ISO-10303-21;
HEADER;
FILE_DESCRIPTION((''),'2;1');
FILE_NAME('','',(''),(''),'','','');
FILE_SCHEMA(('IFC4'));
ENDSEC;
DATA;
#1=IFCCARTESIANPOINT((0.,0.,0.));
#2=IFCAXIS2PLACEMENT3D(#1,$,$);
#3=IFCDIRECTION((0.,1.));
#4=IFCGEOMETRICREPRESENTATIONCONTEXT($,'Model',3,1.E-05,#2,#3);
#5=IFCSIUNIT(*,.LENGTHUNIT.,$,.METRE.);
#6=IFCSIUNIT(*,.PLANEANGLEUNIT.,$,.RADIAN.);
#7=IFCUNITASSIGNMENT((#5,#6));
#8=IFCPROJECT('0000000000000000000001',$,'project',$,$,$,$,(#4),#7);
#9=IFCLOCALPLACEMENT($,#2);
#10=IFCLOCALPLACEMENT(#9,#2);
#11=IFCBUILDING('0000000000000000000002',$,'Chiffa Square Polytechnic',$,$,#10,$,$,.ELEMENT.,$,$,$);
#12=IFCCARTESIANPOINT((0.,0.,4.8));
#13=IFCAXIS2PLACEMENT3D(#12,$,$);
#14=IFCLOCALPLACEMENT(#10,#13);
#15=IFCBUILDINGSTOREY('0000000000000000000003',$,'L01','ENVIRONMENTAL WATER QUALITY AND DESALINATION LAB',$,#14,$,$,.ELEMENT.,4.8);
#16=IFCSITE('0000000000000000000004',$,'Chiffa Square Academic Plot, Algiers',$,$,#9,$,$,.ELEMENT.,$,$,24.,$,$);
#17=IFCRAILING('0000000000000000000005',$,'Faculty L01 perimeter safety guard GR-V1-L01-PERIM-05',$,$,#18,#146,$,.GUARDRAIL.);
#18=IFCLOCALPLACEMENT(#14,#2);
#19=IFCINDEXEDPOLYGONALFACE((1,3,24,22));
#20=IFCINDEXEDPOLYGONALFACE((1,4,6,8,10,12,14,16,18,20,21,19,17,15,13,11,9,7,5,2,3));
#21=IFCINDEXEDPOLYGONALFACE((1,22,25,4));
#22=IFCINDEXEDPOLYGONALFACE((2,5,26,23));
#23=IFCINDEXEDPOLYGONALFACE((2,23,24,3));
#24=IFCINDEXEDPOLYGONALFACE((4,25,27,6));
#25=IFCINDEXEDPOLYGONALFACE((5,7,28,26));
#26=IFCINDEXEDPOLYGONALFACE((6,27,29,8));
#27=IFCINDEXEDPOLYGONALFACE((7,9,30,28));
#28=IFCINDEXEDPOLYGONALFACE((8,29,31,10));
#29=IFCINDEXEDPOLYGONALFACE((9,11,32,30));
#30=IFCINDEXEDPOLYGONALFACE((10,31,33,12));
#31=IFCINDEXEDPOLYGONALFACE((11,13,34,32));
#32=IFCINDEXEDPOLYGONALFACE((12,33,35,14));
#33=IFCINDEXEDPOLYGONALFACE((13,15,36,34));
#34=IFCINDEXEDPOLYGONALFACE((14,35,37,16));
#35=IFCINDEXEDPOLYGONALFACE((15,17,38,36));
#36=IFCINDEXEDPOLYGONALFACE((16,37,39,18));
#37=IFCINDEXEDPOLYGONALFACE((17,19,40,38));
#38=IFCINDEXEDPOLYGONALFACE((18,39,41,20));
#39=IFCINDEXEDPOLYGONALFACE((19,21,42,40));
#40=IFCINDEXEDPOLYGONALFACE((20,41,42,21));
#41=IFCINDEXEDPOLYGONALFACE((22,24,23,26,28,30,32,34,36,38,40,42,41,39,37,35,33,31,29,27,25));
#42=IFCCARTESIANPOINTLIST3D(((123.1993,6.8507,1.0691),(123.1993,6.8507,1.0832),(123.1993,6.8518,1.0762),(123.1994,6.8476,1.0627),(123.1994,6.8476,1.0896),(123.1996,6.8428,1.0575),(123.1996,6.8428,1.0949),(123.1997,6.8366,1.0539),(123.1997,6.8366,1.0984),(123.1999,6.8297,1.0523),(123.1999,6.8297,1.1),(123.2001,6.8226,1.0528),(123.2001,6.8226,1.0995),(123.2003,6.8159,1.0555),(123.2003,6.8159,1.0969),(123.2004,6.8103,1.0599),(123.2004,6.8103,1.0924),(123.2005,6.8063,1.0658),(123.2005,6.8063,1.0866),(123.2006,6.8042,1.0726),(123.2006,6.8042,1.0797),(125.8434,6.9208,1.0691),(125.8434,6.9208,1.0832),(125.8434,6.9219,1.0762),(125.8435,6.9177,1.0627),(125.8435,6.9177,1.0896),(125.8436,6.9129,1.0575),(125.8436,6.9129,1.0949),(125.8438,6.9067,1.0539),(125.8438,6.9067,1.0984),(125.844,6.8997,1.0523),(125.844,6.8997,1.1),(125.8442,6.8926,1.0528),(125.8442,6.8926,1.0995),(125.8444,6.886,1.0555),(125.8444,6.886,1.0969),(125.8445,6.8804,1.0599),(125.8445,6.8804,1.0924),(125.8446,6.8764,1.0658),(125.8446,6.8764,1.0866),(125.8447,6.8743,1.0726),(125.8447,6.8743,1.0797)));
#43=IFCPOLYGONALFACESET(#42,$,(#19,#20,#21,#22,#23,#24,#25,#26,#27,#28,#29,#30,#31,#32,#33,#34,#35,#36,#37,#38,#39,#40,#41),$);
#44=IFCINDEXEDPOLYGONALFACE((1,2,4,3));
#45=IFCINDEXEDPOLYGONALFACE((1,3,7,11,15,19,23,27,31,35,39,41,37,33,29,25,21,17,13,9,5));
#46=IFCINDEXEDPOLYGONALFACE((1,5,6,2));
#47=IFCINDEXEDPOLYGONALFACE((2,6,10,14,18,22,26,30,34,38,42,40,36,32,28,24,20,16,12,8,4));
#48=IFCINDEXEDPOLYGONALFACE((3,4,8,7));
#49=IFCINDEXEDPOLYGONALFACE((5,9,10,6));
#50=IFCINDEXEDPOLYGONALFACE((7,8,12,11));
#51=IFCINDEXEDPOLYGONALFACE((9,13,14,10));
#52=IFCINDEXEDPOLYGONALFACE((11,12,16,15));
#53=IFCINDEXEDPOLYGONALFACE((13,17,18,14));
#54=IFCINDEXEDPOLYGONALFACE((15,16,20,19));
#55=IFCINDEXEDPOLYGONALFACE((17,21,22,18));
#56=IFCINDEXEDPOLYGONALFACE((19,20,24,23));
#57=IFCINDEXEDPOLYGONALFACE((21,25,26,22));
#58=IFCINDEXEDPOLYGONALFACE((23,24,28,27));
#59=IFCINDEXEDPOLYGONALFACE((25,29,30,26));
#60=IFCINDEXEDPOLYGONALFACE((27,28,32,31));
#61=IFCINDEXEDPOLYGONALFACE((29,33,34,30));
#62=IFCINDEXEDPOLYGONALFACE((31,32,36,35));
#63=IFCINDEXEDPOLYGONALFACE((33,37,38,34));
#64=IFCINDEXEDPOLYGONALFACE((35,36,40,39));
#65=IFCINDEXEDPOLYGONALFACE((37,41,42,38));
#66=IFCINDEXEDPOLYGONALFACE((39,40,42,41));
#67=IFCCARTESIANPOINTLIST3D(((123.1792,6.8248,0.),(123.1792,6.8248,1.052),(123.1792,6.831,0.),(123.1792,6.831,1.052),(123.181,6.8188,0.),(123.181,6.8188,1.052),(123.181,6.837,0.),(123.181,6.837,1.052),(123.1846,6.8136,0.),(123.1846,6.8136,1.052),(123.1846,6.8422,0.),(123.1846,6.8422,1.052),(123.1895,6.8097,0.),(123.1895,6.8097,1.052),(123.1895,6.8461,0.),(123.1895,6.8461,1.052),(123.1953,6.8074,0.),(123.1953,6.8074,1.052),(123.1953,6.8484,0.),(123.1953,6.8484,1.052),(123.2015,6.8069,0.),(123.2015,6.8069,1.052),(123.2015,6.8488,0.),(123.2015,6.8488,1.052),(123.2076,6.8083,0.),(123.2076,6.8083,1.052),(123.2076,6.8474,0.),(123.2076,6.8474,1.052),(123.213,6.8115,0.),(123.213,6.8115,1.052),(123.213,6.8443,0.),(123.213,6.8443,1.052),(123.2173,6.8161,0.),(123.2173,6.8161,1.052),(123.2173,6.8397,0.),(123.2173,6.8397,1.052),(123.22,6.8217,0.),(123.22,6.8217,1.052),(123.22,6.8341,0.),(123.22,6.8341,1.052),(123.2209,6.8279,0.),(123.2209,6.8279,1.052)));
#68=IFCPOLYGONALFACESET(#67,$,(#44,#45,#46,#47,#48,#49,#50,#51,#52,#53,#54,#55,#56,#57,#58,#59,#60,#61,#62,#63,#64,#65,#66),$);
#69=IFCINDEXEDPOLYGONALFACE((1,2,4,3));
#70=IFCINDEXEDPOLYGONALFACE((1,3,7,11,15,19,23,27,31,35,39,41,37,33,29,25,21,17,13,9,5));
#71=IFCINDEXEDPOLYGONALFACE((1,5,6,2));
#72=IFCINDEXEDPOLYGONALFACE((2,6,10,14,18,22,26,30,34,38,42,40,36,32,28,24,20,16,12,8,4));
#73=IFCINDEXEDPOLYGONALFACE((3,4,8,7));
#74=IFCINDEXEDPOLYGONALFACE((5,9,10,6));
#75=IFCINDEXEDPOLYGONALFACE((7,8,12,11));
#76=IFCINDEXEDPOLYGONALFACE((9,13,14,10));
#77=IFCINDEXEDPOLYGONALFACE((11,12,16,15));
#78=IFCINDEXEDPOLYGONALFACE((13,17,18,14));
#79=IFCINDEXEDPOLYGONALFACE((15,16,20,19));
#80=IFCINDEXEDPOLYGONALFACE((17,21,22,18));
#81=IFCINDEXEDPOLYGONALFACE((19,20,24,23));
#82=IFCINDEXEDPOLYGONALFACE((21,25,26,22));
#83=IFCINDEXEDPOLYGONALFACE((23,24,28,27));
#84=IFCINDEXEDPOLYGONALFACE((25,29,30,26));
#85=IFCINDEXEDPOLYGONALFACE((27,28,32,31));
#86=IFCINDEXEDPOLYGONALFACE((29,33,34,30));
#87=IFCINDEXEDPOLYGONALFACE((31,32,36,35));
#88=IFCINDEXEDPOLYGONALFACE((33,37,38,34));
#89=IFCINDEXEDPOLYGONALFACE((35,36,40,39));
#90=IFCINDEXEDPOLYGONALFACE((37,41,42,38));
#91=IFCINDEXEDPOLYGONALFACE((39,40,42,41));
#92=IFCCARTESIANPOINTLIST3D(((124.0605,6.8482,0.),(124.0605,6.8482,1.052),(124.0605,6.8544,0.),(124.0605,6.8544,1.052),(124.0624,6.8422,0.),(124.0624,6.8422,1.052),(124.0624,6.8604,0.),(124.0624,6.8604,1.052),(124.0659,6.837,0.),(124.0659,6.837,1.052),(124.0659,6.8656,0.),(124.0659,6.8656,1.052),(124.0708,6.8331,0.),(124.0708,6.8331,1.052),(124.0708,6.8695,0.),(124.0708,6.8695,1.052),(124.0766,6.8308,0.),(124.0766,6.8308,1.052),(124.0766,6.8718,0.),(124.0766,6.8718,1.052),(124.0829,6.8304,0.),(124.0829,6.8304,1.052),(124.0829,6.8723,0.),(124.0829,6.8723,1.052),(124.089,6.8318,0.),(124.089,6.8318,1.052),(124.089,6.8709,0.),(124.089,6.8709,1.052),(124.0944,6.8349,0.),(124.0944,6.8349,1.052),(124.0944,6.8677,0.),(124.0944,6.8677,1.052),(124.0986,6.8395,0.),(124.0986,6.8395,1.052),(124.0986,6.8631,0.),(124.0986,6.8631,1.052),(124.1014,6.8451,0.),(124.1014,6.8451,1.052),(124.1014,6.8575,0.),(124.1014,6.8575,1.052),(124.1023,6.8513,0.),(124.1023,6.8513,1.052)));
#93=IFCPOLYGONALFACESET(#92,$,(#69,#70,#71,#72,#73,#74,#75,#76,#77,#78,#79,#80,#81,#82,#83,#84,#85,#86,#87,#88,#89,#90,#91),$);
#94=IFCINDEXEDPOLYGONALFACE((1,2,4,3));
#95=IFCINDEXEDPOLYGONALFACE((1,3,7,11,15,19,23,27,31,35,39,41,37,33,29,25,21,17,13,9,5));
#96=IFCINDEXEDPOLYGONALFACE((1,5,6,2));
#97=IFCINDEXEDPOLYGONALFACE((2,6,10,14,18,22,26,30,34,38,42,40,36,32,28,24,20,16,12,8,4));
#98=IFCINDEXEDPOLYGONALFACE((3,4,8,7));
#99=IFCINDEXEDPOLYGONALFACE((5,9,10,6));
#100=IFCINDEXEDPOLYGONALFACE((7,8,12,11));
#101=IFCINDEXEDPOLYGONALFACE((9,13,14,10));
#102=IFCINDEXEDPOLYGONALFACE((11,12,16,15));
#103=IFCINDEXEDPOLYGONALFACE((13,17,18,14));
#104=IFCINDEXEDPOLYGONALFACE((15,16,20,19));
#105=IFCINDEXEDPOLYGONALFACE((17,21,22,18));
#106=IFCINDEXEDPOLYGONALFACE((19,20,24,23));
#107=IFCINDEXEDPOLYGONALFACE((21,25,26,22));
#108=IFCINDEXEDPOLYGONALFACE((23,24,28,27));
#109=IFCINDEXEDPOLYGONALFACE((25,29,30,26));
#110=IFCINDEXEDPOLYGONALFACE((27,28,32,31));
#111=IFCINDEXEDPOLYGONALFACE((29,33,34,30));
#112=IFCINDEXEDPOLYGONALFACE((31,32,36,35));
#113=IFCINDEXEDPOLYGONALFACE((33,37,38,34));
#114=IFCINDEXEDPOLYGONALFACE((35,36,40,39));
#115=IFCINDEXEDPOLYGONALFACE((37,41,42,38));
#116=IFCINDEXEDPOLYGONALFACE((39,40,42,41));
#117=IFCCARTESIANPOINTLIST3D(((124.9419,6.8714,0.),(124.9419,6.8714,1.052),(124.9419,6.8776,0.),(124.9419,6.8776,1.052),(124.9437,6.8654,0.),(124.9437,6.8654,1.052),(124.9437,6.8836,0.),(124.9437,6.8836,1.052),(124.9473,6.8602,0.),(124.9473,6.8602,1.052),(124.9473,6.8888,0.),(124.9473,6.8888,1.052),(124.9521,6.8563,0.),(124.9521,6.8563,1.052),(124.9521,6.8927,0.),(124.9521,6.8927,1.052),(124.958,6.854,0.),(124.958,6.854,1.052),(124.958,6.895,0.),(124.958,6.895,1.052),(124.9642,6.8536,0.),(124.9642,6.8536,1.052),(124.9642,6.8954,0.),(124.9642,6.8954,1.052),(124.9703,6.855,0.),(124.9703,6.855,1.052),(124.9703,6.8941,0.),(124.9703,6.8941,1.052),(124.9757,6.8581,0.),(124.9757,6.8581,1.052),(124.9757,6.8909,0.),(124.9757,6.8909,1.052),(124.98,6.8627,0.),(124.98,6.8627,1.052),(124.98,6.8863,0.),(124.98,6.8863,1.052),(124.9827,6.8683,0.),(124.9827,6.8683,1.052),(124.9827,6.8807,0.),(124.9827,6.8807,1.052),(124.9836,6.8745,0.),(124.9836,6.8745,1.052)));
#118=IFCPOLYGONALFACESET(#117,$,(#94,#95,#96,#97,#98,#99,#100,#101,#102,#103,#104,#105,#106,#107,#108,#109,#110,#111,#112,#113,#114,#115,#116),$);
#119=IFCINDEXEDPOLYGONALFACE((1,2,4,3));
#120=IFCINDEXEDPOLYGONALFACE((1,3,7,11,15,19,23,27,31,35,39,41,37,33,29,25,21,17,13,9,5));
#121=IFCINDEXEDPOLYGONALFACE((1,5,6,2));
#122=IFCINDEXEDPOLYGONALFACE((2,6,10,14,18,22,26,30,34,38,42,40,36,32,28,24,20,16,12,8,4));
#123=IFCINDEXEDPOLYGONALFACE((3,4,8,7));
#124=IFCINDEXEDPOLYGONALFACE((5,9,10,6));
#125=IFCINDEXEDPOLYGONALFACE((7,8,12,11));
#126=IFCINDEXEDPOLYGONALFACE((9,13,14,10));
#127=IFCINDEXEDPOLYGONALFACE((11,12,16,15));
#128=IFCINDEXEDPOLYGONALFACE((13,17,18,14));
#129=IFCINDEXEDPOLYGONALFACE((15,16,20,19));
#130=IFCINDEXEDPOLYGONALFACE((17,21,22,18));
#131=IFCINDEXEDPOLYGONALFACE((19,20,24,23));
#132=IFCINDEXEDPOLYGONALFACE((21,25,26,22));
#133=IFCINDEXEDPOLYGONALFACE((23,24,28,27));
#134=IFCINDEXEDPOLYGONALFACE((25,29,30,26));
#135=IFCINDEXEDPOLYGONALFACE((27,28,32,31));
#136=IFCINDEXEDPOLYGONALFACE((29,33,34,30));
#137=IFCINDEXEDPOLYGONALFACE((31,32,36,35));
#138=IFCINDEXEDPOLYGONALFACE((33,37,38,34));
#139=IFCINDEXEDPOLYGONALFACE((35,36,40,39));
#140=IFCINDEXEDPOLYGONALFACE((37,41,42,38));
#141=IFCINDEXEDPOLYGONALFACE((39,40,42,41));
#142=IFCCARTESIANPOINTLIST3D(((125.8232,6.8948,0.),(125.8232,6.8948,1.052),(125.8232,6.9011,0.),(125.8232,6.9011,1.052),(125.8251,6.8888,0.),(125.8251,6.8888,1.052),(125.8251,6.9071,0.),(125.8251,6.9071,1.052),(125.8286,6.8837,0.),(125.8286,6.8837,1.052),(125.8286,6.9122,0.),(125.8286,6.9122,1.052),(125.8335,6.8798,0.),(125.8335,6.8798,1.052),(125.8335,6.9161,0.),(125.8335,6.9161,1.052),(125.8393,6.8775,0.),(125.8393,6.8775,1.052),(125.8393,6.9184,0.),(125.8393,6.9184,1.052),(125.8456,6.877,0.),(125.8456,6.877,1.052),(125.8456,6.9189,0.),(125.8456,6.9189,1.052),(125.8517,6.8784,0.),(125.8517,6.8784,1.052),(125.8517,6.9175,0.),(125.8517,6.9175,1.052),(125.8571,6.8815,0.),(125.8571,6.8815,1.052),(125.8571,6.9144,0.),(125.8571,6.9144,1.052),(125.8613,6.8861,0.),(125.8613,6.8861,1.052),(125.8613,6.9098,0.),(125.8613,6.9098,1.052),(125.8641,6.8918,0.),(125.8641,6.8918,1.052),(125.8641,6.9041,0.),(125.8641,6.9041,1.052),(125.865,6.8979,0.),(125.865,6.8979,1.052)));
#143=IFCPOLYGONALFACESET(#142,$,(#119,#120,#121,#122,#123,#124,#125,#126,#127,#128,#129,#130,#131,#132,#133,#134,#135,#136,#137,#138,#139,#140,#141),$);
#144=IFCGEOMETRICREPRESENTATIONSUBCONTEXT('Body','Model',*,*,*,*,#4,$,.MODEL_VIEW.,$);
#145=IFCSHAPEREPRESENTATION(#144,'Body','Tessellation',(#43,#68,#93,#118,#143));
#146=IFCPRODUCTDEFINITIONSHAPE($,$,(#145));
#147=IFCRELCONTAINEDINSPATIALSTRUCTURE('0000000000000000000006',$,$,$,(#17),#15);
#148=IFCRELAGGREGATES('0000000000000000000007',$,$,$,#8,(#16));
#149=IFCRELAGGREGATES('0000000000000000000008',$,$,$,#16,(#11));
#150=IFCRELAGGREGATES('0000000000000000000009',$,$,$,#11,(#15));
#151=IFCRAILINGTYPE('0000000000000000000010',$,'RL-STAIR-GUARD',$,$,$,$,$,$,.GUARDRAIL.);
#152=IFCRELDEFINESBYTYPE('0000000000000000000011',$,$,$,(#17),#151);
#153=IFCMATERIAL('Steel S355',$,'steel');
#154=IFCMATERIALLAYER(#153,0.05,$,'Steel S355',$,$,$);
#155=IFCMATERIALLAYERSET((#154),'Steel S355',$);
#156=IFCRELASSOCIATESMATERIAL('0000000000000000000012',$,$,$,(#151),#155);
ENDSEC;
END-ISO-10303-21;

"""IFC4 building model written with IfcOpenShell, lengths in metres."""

from ifc_helpers import new_model, si_unit, direction, frame, origin, origin_2d, place, context, subcontext, project, spatial, circle, extrude, material, layer, layer_set, type_object, element, save


model = new_model("IFC4")

# Units and contexts
model_context = context("Model", 3, precision=1e-05, world=origin(), true_north=direction((0.0, 1.0)))
body_context = subcontext(model_context, "Body", "Model", "MODEL_VIEW")
ifc_project = project(units=[si_unit("LENGTHUNIT", "METRE"), si_unit("PLANEANGLEUNIT", "RADIAN")], contexts=[model_context])

# Site, building, storey
site_placement = place(None, origin())
site = spatial("IfcSite", under=ifc_project, at=site_placement, Name="Chiffa Square Academic Plot, Algiers", CompositionType="ELEMENT", RefElevation=24.0)
building_placement = place(site_placement, origin())
building = spatial("IfcBuilding", under=site, at=building_placement, Name="Chiffa Square Polytechnic", CompositionType="ELEMENT")
storey_placement = place(building_placement, frame((0.0, 0.0, 4.8)))
storey = spatial("IfcBuildingStorey", under=building, at=storey_placement, Name="L01", Description="ENVIRONMENTAL WATER QUALITY AND DESALINATION LAB", CompositionType="ELEMENT", Elevation=4.8)

# Shared definitions
ifc_material_1 = material(Name="Steel S355", Category="steel")

# Railing
ifc_layer_1 = layer(ifc_material_1, 0.05, Name="Steel S355")
ifc_layer_set_1 = layer_set([ifc_layer_1], Name="Steel S355")
railing_type = type_object("IfcRailingType", Name="RL-STAIR-GUARD", PredefinedType="GUARDRAIL", material=ifc_layer_set_1)
railing_1_placement = place(storey_placement, frame((123.2, 6.8279, 0.0)))
element("IfcRailing", 1, at=railing_1_placement, inside=storey, type_object=railing_type, Name="Faculty L01 perimeter safety guard GR-V1-L01-PERIM-05", PredefinedType="GUARDRAIL", context=body_context, shape_type="SweptSolid", body=[
    extrude(circle(Radius=0.0239, at=origin_2d()), frame((0.0, 0.0, 1.0762), z_axis=(0.999649, 0.026491, 0.0), x_axis=(-0.026491, 0.999649, 0.0)), (0.0, 0.0, 1.0), 2.645),
    extrude(circle(Radius=0.021, at=origin_2d()), origin(), (0.0, 0.0, 1.0), 1.052),
    extrude(circle(Radius=0.021, at=origin_2d()), frame((0.8813, 0.0234, 0.0)), (0.0, 0.0, 1.0), 1.052),
    extrude(circle(Radius=0.021, at=origin_2d()), frame((1.7627, 0.0466, 0.0)), (0.0, 0.0, 1.0), 1.052),
    extrude(circle(Radius=0.021, at=origin_2d()), frame((2.644, 0.0701, 0.0)), (0.0, 0.0, 1.0), 1.052),
])

save(model, "model.ifc")
